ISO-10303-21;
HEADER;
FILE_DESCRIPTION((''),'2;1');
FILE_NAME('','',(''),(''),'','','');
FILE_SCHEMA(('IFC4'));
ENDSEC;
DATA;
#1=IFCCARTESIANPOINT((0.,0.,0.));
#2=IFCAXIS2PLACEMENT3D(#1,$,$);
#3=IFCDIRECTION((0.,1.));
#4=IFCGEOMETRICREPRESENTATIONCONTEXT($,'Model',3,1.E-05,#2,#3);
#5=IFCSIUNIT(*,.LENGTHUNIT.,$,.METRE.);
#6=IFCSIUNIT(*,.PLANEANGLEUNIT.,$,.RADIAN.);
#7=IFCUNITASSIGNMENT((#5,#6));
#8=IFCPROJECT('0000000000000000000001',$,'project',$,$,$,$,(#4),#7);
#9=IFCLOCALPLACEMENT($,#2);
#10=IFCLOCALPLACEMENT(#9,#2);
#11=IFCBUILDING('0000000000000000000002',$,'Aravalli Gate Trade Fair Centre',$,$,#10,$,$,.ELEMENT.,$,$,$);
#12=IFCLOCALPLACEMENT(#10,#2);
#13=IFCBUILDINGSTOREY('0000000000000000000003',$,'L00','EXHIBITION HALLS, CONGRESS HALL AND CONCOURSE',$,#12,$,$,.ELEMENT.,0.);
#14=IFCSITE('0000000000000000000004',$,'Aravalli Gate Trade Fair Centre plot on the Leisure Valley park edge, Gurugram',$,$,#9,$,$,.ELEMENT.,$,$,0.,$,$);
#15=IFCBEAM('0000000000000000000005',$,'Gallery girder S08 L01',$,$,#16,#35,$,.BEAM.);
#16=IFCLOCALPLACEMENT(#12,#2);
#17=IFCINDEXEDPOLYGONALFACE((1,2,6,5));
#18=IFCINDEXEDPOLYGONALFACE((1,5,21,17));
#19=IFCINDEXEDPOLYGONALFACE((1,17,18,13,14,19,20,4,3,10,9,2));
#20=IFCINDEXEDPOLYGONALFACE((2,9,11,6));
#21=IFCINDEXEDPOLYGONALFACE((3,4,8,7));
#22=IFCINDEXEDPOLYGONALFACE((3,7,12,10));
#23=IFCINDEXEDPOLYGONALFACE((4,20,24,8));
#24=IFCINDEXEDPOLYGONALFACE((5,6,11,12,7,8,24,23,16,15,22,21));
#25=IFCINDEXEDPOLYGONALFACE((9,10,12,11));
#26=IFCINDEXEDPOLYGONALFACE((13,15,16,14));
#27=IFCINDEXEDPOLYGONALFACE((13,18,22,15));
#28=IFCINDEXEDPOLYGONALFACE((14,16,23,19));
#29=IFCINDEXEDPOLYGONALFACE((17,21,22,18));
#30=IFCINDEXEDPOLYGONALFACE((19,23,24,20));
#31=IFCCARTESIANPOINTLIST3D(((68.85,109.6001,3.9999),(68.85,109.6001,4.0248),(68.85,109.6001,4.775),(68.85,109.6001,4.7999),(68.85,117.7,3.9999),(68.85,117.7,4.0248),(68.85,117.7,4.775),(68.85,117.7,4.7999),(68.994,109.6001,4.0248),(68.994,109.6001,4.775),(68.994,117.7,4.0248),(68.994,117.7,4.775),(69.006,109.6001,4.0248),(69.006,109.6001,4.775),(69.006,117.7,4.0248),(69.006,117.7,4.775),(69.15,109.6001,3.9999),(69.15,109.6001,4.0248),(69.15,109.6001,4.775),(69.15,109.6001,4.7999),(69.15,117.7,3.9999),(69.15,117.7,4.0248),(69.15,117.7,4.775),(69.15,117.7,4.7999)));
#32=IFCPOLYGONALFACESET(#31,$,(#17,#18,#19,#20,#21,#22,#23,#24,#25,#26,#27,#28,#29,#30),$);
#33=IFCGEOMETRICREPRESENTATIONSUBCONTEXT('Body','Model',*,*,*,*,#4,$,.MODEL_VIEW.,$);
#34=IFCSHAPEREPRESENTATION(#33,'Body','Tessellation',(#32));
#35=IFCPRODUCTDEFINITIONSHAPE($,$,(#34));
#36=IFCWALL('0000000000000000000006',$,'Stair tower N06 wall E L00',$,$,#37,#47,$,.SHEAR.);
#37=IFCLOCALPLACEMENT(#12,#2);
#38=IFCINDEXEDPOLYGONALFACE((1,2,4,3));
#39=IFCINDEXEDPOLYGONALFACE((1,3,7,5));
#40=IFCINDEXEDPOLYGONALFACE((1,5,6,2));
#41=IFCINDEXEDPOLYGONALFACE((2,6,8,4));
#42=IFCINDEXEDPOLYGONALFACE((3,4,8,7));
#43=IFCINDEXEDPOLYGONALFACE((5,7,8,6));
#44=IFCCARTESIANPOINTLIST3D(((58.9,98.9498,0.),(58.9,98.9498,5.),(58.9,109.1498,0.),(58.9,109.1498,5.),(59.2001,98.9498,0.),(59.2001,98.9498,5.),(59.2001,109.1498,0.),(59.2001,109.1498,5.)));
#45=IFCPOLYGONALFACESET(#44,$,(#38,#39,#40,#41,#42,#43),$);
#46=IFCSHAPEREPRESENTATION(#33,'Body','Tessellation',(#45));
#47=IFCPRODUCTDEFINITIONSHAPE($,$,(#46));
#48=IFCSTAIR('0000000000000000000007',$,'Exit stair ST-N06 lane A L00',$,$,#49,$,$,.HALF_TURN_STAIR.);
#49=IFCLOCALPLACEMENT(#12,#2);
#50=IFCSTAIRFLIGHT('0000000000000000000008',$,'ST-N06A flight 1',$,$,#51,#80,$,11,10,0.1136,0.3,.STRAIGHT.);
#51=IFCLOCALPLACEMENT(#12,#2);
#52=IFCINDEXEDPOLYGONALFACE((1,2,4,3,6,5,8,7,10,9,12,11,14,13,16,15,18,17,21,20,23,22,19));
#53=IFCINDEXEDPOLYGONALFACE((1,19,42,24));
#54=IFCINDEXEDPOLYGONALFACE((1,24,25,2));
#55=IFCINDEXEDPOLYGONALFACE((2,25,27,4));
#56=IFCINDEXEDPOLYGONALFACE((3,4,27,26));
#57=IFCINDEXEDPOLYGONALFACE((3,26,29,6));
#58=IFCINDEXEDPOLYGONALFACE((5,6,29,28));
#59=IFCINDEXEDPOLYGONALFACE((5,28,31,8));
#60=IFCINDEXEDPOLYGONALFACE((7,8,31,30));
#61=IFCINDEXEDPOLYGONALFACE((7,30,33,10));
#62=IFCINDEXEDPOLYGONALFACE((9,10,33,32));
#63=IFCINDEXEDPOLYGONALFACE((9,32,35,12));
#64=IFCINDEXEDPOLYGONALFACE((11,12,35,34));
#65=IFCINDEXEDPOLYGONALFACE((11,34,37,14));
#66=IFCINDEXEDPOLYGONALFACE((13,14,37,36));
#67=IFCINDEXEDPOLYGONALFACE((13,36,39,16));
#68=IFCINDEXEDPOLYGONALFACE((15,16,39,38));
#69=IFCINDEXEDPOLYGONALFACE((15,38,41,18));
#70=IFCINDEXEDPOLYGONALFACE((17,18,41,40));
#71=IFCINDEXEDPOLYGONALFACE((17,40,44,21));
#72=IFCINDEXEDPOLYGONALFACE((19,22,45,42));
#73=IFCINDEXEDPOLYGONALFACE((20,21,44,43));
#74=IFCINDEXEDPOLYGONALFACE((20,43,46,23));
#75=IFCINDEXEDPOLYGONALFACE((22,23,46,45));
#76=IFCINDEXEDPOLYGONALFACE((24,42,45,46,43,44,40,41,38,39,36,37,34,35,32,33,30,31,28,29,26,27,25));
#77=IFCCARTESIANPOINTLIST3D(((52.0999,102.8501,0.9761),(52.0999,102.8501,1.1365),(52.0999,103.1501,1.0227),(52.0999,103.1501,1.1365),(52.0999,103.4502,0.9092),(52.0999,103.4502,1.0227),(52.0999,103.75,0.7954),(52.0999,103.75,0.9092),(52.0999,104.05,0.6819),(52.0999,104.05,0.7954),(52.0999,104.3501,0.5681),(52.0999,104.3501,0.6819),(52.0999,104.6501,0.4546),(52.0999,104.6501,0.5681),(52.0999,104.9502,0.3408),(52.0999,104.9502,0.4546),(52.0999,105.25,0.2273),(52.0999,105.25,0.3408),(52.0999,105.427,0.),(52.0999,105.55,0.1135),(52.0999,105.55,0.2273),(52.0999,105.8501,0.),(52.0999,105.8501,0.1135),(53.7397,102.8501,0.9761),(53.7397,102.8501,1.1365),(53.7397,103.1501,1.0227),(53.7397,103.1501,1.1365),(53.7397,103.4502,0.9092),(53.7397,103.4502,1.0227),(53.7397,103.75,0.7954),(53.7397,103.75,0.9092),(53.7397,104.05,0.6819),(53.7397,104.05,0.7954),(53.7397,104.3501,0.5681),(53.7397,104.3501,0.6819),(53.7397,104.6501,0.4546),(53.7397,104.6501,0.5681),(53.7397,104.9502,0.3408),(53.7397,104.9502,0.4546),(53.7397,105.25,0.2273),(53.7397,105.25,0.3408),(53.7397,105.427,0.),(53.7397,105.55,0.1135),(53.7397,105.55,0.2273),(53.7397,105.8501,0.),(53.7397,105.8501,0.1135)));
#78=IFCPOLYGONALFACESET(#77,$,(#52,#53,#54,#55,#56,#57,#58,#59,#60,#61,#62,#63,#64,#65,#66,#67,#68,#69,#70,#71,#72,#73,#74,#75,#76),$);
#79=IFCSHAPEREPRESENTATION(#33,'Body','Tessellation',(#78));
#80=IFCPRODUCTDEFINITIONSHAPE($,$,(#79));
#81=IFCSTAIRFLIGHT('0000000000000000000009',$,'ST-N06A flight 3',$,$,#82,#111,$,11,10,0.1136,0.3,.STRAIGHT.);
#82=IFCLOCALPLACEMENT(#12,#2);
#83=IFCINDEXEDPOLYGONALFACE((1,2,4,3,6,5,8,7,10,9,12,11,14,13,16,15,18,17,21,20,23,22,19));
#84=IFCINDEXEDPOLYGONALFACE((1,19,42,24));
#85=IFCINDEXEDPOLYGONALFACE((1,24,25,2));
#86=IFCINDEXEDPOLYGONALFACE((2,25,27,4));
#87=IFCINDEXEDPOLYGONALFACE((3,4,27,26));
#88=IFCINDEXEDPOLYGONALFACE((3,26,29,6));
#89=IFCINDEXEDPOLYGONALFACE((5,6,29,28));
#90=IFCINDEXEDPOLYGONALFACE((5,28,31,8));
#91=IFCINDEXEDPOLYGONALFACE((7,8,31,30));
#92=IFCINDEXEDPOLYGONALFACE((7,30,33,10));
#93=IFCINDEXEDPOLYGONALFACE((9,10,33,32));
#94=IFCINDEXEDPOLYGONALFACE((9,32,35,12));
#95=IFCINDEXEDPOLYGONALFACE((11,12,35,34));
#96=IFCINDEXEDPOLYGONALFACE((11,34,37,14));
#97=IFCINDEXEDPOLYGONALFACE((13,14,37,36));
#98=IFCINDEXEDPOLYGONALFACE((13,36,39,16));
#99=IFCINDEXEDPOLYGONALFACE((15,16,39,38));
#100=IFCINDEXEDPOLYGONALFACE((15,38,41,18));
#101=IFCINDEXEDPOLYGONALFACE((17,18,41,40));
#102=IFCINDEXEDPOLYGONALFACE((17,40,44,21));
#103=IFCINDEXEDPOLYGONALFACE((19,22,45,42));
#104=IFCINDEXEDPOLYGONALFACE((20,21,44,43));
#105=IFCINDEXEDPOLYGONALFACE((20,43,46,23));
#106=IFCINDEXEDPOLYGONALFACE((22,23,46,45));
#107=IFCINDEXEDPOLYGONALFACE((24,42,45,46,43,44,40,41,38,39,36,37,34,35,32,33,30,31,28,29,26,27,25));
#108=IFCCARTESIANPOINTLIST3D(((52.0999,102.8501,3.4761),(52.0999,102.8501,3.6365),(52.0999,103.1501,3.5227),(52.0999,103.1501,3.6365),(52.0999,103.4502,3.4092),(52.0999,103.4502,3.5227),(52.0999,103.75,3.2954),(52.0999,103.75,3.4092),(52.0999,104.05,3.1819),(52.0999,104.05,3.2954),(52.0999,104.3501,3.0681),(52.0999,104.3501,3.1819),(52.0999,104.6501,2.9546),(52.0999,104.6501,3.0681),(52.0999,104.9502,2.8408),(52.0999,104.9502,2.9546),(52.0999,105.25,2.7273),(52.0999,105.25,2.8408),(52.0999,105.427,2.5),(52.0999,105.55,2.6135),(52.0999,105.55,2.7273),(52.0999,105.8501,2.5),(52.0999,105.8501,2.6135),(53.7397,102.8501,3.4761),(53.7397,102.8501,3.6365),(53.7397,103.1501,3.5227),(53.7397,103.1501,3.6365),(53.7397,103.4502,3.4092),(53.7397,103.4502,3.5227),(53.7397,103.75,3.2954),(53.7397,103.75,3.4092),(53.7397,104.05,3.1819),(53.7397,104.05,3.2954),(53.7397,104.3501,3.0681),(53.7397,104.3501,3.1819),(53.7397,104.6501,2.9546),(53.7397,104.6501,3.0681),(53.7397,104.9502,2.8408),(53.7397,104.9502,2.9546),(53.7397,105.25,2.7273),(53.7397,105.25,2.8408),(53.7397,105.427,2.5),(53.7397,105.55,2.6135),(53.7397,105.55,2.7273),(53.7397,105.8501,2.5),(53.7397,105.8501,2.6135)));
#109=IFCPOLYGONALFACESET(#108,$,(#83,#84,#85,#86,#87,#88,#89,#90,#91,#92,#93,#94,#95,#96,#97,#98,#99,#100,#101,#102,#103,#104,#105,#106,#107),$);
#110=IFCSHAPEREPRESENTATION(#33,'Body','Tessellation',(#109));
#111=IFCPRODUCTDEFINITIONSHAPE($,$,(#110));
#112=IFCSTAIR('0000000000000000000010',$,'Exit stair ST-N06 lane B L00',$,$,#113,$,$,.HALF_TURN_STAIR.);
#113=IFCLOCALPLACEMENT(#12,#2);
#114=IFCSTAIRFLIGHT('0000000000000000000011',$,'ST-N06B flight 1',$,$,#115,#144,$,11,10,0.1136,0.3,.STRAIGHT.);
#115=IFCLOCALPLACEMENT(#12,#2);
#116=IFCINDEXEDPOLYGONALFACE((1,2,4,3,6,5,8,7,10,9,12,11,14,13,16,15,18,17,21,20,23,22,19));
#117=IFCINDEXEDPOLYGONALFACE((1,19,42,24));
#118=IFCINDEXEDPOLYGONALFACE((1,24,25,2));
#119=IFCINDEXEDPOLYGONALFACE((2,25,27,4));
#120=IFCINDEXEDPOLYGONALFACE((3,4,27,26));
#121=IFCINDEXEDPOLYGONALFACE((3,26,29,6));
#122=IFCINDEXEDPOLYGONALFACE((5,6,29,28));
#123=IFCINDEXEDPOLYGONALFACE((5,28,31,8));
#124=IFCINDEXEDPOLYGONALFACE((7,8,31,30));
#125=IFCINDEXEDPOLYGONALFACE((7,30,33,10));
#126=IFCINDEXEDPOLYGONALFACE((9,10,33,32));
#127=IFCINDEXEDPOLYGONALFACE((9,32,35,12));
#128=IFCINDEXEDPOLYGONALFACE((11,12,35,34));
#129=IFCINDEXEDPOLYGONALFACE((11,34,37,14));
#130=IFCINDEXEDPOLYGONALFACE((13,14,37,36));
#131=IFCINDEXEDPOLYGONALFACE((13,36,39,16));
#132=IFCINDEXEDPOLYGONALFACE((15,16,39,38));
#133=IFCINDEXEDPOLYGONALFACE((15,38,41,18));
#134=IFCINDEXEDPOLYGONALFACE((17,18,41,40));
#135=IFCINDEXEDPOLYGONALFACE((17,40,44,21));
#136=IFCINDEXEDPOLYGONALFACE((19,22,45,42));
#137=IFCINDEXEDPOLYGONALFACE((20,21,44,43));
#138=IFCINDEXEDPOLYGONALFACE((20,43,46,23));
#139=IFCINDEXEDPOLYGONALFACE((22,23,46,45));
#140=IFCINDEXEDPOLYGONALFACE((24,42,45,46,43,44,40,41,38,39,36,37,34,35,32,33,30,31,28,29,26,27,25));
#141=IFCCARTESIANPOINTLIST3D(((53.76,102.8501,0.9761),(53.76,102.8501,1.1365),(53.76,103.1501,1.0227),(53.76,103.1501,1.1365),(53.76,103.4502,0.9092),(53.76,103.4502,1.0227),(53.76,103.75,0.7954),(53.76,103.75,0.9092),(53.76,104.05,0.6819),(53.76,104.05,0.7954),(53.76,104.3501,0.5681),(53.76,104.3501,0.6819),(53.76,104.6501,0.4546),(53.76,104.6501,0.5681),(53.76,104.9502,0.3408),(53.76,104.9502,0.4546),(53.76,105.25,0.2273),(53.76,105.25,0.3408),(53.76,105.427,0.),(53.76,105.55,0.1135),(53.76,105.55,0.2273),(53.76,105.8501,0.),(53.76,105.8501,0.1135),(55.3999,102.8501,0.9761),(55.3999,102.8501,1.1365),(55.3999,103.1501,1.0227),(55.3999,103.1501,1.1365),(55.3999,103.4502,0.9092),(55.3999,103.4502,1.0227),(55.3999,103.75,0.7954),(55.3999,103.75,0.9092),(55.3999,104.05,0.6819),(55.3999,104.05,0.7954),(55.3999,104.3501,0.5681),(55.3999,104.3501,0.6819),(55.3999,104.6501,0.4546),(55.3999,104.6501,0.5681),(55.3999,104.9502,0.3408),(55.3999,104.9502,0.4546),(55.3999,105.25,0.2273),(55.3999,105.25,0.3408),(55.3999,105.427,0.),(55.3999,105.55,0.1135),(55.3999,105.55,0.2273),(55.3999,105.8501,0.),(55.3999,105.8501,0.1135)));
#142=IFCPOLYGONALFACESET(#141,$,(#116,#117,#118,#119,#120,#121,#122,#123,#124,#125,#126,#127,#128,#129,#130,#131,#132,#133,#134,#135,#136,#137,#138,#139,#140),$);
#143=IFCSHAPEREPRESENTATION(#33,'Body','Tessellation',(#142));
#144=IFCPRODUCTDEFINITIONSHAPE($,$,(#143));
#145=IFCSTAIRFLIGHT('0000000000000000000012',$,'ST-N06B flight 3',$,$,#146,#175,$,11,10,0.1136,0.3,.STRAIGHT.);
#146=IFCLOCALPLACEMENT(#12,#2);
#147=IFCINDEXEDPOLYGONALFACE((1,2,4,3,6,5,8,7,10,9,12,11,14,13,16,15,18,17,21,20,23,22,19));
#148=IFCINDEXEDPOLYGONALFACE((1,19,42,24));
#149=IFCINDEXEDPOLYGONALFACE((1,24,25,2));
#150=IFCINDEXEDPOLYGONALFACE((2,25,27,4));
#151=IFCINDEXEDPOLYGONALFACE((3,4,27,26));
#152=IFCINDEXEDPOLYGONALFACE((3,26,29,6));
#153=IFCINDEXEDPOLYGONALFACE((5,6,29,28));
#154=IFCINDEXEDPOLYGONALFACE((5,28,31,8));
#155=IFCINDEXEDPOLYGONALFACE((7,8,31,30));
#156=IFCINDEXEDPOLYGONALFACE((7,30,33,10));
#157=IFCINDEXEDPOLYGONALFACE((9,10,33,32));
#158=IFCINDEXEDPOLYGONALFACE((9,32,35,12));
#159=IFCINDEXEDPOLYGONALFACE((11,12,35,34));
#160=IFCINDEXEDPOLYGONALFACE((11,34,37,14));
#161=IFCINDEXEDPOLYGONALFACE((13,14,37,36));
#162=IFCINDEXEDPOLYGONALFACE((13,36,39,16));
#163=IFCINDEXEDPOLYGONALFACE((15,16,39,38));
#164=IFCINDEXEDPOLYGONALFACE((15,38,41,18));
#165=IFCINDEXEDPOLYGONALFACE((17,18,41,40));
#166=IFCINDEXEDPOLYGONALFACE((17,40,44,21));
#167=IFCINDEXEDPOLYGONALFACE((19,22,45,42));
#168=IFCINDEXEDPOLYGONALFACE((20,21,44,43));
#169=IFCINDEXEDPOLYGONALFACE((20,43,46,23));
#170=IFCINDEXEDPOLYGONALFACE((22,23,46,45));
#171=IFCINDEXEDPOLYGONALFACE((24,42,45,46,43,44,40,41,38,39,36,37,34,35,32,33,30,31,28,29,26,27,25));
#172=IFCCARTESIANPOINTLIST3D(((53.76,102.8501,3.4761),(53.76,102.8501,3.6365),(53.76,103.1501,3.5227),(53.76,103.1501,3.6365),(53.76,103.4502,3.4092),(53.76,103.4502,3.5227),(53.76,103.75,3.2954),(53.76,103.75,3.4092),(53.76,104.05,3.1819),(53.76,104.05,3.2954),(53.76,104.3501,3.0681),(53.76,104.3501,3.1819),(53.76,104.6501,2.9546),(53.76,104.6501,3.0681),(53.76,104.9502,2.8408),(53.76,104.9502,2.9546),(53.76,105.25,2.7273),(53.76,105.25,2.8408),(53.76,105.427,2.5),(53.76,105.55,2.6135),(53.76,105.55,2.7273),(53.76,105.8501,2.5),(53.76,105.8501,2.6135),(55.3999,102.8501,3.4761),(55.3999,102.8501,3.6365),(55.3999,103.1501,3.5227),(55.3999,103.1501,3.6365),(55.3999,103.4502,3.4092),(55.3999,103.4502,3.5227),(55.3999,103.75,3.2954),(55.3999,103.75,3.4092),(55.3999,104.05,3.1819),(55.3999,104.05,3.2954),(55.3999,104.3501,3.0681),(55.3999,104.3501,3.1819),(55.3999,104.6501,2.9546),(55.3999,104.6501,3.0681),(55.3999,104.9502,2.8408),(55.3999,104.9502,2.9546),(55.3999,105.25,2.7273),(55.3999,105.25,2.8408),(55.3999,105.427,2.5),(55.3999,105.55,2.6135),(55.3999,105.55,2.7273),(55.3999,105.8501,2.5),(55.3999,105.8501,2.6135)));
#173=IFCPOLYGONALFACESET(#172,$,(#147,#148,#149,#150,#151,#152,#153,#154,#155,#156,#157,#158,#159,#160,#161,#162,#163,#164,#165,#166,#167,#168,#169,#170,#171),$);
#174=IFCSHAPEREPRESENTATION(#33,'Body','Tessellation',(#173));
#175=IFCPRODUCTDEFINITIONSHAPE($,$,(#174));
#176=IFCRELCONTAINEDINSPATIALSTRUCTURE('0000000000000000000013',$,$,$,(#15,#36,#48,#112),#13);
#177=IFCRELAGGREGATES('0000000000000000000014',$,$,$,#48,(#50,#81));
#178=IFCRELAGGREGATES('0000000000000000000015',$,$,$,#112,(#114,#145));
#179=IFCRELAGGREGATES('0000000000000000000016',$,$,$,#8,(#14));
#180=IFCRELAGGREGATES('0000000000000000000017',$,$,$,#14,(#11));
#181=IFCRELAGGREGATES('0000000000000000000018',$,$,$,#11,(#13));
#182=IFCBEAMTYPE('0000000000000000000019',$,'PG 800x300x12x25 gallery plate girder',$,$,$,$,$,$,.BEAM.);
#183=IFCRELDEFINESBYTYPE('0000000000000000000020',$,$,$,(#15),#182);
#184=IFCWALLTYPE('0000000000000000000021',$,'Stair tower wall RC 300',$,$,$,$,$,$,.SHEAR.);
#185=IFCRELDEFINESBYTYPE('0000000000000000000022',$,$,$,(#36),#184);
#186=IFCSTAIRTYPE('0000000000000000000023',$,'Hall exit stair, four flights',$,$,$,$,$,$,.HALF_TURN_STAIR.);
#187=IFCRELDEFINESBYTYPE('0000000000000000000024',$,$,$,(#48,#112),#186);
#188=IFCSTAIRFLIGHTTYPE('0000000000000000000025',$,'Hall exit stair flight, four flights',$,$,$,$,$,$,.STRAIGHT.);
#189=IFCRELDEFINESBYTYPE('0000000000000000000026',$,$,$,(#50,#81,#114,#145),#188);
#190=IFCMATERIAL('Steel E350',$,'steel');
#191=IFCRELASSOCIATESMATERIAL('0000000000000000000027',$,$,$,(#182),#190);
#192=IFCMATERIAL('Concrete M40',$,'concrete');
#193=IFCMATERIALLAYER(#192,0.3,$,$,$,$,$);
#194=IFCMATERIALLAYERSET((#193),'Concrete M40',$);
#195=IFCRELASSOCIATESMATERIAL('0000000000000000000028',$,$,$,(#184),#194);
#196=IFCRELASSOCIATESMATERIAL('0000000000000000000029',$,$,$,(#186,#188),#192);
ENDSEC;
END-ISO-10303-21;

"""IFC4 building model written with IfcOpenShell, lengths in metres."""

from ifc_helpers import new_model, si_unit, direction, frame, frame_2d, origin, origin_2d, place, context, subcontext, project, spatial, polyline, rectangle, i_section, outline, extrude, material, layer, layer_set, material_profile, profile_set, type_object, element, aggregate, save


model = new_model("IFC4")

# Units and contexts
model_context = context("Model", 3, precision=1e-05, world=origin(), true_north=direction((0.0, 1.0)))
body_context = subcontext(model_context, "Body", "Model", "MODEL_VIEW")
ifc_project = project(units=[si_unit("LENGTHUNIT", "METRE"), si_unit("PLANEANGLEUNIT", "RADIAN")], contexts=[model_context])

# Site, building, storey
site_placement = place(None, origin())
site = spatial("IfcSite", under=ifc_project, at=site_placement, Name="Aravalli Gate Trade Fair Centre plot on the Leisure Valley park edge, Gurugram", CompositionType="ELEMENT", RefElevation=0.0)
building_placement = place(site_placement, origin())
building = spatial("IfcBuilding", under=site, at=building_placement, Name="Aravalli Gate Trade Fair Centre", CompositionType="ELEMENT")
storey_placement = place(building_placement, origin())
storey = spatial("IfcBuildingStorey", under=building, at=storey_placement, Name="L00", Description="EXHIBITION HALLS, CONGRESS HALL AND CONCOURSE", CompositionType="ELEMENT", Elevation=0.0)

# Beam
ifc_material_1 = material(Name="Steel E350", Category="steel")
ifc_material_profile_1 = material_profile(ifc_material_1, i_section(OverallWidth=0.3, OverallDepth=0.8, WebThickness=0.012, FlangeThickness=0.0249, at=origin_2d()), Name="PG 800x300x12x25")
ifc_profile_set_1 = profile_set([ifc_material_profile_1], Name="Steel E350")
beam_type_1 = type_object("IfcBeamType", Name="PG 800x300x12x25 gallery plate girder", PredefinedType="BEAM", material=ifc_profile_set_1)
for number, where, z_axis, x_axis, name in (
    (1, (69.0, 109.6001, 4.3999), (0.0, 1.0, 0.0), (-1.0, 0.0, 0.0), "Gallery girder S08 L01"),
):
    element("IfcBeam", number, at=place(storey_placement, frame(where, z_axis=z_axis, x_axis=x_axis)), inside=storey, type_object=beam_type_1, Name=name, PredefinedType="BEAM", context=body_context, shape_type="SweptSolid", body=[
        extrude(i_section(OverallWidth=0.3, OverallDepth=0.8, WebThickness=0.012, FlangeThickness=0.0249, at=origin_2d()), origin(), (0.0, 0.0, 1.0), 8.0999),
    ])

# Shared definitions
ifc_material_2 = material(Name="Concrete M40", Category="concrete")

# Wall
ifc_layer_1 = layer(ifc_material_2, 0.3)
ifc_layer_set_1 = layer_set([ifc_layer_1], Name="Concrete M40")
wall_type_1 = type_object("IfcWallType", Name="Stair tower wall RC 300", PredefinedType="SHEAR", material=ifc_layer_set_1)
wall_1_placement = place(storey_placement, frame((59.05, 109.1499, 0.0), z_axis=(0.0, 0.0, 1.0), x_axis=(0.0, -1.0, 0.0)))
element("IfcWall", 2, at=wall_1_placement, inside=storey, type_object=wall_type_1, Name="Stair tower N06 wall E L00", PredefinedType="SHEAR", context=body_context, shape_type="SweptSolid", body=[
    extrude(rectangle(XDim=10.2, YDim=0.3, at=frame_2d((5.1001, 0.0))), origin(), (0.0, 0.0, 1.0), 5.0),
])

# Stairs, stair flights
stair_type = type_object("IfcStairType", Name="Hall exit stair, four flights", PredefinedType="HALF_TURN_STAIR", material=ifc_material_2)
stair_1_placement = place(storey_placement, origin())
stair_1 = element("IfcStair", 3, at=stair_1_placement, inside=storey, type_object=stair_type, Name="Exit stair ST-N06 lane A L00", PredefinedType="HALF_TURN_STAIR")
stair_flight_type = type_object("IfcStairFlightType", Name="Hall exit stair flight, four flights", PredefinedType="STRAIGHT", material=ifc_material_2)
stair_flight_1_placement = place(storey_placement, frame((52.9199, 105.8501, 0.0), z_axis=(0.0, 0.0, 1.0), x_axis=(0.0, -1.0, 0.0)))
stair_flight_1 = element("IfcStairFlight", 4, at=stair_flight_1_placement, type_object=stair_flight_type, Name="ST-N06A flight 1", NumberOfRisers=11, NumberOfTreads=10, PredefinedType="STRAIGHT", RiserHeight=0.1136, TreadLength=0.3, context=body_context, shape_type="SweptSolid", body=[
    extrude(outline(polyline([(0.0, 0.0), (0.0, 0.1135), (0.3, 0.1135), (0.3, 0.2273), (0.6001, 0.2273), (0.6001, 0.3408), (0.8999, 0.3408), (0.8999, 0.4546), (1.2, 0.4546), (1.2, 0.5681), (1.5, 0.5681), (1.5, 0.6819), (1.8, 0.6819), (1.8, 0.7954), (2.1001, 0.7954), (2.1001, 0.9092), (2.3999, 0.9092), (2.3999, 1.0227), (2.7, 1.0227), (2.7, 1.1365), (3.0, 1.1365), (3.0, 1.25), (3.0, 0.9761), (0.4231, 0.0), (0.0, 0.0)])), frame((0.0, 0.8198, 0.0), z_axis=(0.0, -1.0, 0.0), x_axis=(1.0, 0.0, 0.0)), (0.0, 0.0, 1.0), 1.6399),
])
stair_flight_2_placement = place(storey_placement, frame((52.9199, 105.8501, 2.5), z_axis=(0.0, 0.0, 1.0), x_axis=(0.0, -1.0, 0.0)))
stair_flight_2 = element("IfcStairFlight", 5, at=stair_flight_2_placement, type_object=stair_flight_type, Name="ST-N06A flight 3", NumberOfRisers=11, NumberOfTreads=10, PredefinedType="STRAIGHT", RiserHeight=0.1136, TreadLength=0.3, context=body_context, shape_type="SweptSolid", body=[
    extrude(outline(polyline([(0.0, 0.0), (0.0, 0.1135), (0.3, 0.1135), (0.3, 0.2273), (0.6001, 0.2273), (0.6001, 0.3408), (0.8999, 0.3408), (0.8999, 0.4546), (1.2, 0.4546), (1.2, 0.5681), (1.5, 0.5681), (1.5, 0.6819), (1.8, 0.6819), (1.8, 0.7954), (2.1001, 0.7954), (2.1001, 0.9092), (2.3999, 0.9092), (2.3999, 1.0227), (2.7, 1.0227), (2.7, 1.1365), (3.0, 1.1365), (3.0, 1.25), (3.0, 0.9761), (0.4231, 0.0), (0.0, 0.0)])), frame((0.0, 0.8198, 0.0), z_axis=(0.0, -1.0, 0.0), x_axis=(1.0, 0.0, 0.0)), (0.0, 0.0, 1.0), 1.6399),
])
aggregate(stair_1, [stair_flight_1, stair_flight_2])
stair_2_placement = place(storey_placement, origin())
stair_2 = element("IfcStair", 6, at=stair_2_placement, inside=storey, type_object=stair_type, Name="Exit stair ST-N06 lane B L00", PredefinedType="HALF_TURN_STAIR")
stair_flight_3_placement = place(storey_placement, frame((54.5801, 105.8501, 0.0), z_axis=(0.0, 0.0, 1.0), x_axis=(0.0, -1.0, 0.0)))
stair_flight_3 = element("IfcStairFlight", 7, at=stair_flight_3_placement, type_object=stair_flight_type, Name="ST-N06B flight 1", NumberOfRisers=11, NumberOfTreads=10, PredefinedType="STRAIGHT", RiserHeight=0.1136, TreadLength=0.3, context=body_context, shape_type="SweptSolid", body=[
    extrude(outline(polyline([(0.0, 0.0), (0.0, 0.1135), (0.3, 0.1135), (0.3, 0.2273), (0.6001, 0.2273), (0.6001, 0.3408), (0.8999, 0.3408), (0.8999, 0.4546), (1.2, 0.4546), (1.2, 0.5681), (1.5, 0.5681), (1.5, 0.6819), (1.8, 0.6819), (1.8, 0.7954), (2.1001, 0.7954), (2.1001, 0.9092), (2.3999, 0.9092), (2.3999, 1.0227), (2.7, 1.0227), (2.7, 1.1365), (3.0, 1.1365), (3.0, 1.25), (3.0, 0.9761), (0.4231, 0.0), (0.0, 0.0)])), frame((0.0, 0.8198, 0.0), z_axis=(0.0, -1.0, 0.0), x_axis=(1.0, 0.0, 0.0)), (0.0, 0.0, 1.0), 1.6399),
])
stair_flight_4_placement = place(storey_placement, frame((54.5801, 105.8501, 2.5), z_axis=(0.0, 0.0, 1.0), x_axis=(0.0, -1.0, 0.0)))
stair_flight_4 = element("IfcStairFlight", 8, at=stair_flight_4_placement, type_object=stair_flight_type, Name="ST-N06B flight 3", NumberOfRisers=11, NumberOfTreads=10, PredefinedType="STRAIGHT", RiserHeight=0.1136, TreadLength=0.3, context=body_context, shape_type="SweptSolid", body=[
    extrude(outline(polyline([(0.0, 0.0), (0.0, 0.1135), (0.3, 0.1135), (0.3, 0.2273), (0.6001, 0.2273), (0.6001, 0.3408), (0.8999, 0.3408), (0.8999, 0.4546), (1.2, 0.4546), (1.2, 0.5681), (1.5, 0.5681), (1.5, 0.6819), (1.8, 0.6819), (1.8, 0.7954), (2.1001, 0.7954), (2.1001, 0.9092), (2.3999, 0.9092), (2.3999, 1.0227), (2.7, 1.0227), (2.7, 1.1365), (3.0, 1.1365), (3.0, 1.25), (3.0, 0.9761), (0.4231, 0.0), (0.0, 0.0)])), frame((0.0, 0.8198, 0.0), z_axis=(0.0, -1.0, 0.0), x_axis=(1.0, 0.0, 0.0)), (0.0, 0.0, 1.0), 1.6399),
])
aggregate(stair_2, [stair_flight_3, stair_flight_4])

save(model, "model.ifc")
